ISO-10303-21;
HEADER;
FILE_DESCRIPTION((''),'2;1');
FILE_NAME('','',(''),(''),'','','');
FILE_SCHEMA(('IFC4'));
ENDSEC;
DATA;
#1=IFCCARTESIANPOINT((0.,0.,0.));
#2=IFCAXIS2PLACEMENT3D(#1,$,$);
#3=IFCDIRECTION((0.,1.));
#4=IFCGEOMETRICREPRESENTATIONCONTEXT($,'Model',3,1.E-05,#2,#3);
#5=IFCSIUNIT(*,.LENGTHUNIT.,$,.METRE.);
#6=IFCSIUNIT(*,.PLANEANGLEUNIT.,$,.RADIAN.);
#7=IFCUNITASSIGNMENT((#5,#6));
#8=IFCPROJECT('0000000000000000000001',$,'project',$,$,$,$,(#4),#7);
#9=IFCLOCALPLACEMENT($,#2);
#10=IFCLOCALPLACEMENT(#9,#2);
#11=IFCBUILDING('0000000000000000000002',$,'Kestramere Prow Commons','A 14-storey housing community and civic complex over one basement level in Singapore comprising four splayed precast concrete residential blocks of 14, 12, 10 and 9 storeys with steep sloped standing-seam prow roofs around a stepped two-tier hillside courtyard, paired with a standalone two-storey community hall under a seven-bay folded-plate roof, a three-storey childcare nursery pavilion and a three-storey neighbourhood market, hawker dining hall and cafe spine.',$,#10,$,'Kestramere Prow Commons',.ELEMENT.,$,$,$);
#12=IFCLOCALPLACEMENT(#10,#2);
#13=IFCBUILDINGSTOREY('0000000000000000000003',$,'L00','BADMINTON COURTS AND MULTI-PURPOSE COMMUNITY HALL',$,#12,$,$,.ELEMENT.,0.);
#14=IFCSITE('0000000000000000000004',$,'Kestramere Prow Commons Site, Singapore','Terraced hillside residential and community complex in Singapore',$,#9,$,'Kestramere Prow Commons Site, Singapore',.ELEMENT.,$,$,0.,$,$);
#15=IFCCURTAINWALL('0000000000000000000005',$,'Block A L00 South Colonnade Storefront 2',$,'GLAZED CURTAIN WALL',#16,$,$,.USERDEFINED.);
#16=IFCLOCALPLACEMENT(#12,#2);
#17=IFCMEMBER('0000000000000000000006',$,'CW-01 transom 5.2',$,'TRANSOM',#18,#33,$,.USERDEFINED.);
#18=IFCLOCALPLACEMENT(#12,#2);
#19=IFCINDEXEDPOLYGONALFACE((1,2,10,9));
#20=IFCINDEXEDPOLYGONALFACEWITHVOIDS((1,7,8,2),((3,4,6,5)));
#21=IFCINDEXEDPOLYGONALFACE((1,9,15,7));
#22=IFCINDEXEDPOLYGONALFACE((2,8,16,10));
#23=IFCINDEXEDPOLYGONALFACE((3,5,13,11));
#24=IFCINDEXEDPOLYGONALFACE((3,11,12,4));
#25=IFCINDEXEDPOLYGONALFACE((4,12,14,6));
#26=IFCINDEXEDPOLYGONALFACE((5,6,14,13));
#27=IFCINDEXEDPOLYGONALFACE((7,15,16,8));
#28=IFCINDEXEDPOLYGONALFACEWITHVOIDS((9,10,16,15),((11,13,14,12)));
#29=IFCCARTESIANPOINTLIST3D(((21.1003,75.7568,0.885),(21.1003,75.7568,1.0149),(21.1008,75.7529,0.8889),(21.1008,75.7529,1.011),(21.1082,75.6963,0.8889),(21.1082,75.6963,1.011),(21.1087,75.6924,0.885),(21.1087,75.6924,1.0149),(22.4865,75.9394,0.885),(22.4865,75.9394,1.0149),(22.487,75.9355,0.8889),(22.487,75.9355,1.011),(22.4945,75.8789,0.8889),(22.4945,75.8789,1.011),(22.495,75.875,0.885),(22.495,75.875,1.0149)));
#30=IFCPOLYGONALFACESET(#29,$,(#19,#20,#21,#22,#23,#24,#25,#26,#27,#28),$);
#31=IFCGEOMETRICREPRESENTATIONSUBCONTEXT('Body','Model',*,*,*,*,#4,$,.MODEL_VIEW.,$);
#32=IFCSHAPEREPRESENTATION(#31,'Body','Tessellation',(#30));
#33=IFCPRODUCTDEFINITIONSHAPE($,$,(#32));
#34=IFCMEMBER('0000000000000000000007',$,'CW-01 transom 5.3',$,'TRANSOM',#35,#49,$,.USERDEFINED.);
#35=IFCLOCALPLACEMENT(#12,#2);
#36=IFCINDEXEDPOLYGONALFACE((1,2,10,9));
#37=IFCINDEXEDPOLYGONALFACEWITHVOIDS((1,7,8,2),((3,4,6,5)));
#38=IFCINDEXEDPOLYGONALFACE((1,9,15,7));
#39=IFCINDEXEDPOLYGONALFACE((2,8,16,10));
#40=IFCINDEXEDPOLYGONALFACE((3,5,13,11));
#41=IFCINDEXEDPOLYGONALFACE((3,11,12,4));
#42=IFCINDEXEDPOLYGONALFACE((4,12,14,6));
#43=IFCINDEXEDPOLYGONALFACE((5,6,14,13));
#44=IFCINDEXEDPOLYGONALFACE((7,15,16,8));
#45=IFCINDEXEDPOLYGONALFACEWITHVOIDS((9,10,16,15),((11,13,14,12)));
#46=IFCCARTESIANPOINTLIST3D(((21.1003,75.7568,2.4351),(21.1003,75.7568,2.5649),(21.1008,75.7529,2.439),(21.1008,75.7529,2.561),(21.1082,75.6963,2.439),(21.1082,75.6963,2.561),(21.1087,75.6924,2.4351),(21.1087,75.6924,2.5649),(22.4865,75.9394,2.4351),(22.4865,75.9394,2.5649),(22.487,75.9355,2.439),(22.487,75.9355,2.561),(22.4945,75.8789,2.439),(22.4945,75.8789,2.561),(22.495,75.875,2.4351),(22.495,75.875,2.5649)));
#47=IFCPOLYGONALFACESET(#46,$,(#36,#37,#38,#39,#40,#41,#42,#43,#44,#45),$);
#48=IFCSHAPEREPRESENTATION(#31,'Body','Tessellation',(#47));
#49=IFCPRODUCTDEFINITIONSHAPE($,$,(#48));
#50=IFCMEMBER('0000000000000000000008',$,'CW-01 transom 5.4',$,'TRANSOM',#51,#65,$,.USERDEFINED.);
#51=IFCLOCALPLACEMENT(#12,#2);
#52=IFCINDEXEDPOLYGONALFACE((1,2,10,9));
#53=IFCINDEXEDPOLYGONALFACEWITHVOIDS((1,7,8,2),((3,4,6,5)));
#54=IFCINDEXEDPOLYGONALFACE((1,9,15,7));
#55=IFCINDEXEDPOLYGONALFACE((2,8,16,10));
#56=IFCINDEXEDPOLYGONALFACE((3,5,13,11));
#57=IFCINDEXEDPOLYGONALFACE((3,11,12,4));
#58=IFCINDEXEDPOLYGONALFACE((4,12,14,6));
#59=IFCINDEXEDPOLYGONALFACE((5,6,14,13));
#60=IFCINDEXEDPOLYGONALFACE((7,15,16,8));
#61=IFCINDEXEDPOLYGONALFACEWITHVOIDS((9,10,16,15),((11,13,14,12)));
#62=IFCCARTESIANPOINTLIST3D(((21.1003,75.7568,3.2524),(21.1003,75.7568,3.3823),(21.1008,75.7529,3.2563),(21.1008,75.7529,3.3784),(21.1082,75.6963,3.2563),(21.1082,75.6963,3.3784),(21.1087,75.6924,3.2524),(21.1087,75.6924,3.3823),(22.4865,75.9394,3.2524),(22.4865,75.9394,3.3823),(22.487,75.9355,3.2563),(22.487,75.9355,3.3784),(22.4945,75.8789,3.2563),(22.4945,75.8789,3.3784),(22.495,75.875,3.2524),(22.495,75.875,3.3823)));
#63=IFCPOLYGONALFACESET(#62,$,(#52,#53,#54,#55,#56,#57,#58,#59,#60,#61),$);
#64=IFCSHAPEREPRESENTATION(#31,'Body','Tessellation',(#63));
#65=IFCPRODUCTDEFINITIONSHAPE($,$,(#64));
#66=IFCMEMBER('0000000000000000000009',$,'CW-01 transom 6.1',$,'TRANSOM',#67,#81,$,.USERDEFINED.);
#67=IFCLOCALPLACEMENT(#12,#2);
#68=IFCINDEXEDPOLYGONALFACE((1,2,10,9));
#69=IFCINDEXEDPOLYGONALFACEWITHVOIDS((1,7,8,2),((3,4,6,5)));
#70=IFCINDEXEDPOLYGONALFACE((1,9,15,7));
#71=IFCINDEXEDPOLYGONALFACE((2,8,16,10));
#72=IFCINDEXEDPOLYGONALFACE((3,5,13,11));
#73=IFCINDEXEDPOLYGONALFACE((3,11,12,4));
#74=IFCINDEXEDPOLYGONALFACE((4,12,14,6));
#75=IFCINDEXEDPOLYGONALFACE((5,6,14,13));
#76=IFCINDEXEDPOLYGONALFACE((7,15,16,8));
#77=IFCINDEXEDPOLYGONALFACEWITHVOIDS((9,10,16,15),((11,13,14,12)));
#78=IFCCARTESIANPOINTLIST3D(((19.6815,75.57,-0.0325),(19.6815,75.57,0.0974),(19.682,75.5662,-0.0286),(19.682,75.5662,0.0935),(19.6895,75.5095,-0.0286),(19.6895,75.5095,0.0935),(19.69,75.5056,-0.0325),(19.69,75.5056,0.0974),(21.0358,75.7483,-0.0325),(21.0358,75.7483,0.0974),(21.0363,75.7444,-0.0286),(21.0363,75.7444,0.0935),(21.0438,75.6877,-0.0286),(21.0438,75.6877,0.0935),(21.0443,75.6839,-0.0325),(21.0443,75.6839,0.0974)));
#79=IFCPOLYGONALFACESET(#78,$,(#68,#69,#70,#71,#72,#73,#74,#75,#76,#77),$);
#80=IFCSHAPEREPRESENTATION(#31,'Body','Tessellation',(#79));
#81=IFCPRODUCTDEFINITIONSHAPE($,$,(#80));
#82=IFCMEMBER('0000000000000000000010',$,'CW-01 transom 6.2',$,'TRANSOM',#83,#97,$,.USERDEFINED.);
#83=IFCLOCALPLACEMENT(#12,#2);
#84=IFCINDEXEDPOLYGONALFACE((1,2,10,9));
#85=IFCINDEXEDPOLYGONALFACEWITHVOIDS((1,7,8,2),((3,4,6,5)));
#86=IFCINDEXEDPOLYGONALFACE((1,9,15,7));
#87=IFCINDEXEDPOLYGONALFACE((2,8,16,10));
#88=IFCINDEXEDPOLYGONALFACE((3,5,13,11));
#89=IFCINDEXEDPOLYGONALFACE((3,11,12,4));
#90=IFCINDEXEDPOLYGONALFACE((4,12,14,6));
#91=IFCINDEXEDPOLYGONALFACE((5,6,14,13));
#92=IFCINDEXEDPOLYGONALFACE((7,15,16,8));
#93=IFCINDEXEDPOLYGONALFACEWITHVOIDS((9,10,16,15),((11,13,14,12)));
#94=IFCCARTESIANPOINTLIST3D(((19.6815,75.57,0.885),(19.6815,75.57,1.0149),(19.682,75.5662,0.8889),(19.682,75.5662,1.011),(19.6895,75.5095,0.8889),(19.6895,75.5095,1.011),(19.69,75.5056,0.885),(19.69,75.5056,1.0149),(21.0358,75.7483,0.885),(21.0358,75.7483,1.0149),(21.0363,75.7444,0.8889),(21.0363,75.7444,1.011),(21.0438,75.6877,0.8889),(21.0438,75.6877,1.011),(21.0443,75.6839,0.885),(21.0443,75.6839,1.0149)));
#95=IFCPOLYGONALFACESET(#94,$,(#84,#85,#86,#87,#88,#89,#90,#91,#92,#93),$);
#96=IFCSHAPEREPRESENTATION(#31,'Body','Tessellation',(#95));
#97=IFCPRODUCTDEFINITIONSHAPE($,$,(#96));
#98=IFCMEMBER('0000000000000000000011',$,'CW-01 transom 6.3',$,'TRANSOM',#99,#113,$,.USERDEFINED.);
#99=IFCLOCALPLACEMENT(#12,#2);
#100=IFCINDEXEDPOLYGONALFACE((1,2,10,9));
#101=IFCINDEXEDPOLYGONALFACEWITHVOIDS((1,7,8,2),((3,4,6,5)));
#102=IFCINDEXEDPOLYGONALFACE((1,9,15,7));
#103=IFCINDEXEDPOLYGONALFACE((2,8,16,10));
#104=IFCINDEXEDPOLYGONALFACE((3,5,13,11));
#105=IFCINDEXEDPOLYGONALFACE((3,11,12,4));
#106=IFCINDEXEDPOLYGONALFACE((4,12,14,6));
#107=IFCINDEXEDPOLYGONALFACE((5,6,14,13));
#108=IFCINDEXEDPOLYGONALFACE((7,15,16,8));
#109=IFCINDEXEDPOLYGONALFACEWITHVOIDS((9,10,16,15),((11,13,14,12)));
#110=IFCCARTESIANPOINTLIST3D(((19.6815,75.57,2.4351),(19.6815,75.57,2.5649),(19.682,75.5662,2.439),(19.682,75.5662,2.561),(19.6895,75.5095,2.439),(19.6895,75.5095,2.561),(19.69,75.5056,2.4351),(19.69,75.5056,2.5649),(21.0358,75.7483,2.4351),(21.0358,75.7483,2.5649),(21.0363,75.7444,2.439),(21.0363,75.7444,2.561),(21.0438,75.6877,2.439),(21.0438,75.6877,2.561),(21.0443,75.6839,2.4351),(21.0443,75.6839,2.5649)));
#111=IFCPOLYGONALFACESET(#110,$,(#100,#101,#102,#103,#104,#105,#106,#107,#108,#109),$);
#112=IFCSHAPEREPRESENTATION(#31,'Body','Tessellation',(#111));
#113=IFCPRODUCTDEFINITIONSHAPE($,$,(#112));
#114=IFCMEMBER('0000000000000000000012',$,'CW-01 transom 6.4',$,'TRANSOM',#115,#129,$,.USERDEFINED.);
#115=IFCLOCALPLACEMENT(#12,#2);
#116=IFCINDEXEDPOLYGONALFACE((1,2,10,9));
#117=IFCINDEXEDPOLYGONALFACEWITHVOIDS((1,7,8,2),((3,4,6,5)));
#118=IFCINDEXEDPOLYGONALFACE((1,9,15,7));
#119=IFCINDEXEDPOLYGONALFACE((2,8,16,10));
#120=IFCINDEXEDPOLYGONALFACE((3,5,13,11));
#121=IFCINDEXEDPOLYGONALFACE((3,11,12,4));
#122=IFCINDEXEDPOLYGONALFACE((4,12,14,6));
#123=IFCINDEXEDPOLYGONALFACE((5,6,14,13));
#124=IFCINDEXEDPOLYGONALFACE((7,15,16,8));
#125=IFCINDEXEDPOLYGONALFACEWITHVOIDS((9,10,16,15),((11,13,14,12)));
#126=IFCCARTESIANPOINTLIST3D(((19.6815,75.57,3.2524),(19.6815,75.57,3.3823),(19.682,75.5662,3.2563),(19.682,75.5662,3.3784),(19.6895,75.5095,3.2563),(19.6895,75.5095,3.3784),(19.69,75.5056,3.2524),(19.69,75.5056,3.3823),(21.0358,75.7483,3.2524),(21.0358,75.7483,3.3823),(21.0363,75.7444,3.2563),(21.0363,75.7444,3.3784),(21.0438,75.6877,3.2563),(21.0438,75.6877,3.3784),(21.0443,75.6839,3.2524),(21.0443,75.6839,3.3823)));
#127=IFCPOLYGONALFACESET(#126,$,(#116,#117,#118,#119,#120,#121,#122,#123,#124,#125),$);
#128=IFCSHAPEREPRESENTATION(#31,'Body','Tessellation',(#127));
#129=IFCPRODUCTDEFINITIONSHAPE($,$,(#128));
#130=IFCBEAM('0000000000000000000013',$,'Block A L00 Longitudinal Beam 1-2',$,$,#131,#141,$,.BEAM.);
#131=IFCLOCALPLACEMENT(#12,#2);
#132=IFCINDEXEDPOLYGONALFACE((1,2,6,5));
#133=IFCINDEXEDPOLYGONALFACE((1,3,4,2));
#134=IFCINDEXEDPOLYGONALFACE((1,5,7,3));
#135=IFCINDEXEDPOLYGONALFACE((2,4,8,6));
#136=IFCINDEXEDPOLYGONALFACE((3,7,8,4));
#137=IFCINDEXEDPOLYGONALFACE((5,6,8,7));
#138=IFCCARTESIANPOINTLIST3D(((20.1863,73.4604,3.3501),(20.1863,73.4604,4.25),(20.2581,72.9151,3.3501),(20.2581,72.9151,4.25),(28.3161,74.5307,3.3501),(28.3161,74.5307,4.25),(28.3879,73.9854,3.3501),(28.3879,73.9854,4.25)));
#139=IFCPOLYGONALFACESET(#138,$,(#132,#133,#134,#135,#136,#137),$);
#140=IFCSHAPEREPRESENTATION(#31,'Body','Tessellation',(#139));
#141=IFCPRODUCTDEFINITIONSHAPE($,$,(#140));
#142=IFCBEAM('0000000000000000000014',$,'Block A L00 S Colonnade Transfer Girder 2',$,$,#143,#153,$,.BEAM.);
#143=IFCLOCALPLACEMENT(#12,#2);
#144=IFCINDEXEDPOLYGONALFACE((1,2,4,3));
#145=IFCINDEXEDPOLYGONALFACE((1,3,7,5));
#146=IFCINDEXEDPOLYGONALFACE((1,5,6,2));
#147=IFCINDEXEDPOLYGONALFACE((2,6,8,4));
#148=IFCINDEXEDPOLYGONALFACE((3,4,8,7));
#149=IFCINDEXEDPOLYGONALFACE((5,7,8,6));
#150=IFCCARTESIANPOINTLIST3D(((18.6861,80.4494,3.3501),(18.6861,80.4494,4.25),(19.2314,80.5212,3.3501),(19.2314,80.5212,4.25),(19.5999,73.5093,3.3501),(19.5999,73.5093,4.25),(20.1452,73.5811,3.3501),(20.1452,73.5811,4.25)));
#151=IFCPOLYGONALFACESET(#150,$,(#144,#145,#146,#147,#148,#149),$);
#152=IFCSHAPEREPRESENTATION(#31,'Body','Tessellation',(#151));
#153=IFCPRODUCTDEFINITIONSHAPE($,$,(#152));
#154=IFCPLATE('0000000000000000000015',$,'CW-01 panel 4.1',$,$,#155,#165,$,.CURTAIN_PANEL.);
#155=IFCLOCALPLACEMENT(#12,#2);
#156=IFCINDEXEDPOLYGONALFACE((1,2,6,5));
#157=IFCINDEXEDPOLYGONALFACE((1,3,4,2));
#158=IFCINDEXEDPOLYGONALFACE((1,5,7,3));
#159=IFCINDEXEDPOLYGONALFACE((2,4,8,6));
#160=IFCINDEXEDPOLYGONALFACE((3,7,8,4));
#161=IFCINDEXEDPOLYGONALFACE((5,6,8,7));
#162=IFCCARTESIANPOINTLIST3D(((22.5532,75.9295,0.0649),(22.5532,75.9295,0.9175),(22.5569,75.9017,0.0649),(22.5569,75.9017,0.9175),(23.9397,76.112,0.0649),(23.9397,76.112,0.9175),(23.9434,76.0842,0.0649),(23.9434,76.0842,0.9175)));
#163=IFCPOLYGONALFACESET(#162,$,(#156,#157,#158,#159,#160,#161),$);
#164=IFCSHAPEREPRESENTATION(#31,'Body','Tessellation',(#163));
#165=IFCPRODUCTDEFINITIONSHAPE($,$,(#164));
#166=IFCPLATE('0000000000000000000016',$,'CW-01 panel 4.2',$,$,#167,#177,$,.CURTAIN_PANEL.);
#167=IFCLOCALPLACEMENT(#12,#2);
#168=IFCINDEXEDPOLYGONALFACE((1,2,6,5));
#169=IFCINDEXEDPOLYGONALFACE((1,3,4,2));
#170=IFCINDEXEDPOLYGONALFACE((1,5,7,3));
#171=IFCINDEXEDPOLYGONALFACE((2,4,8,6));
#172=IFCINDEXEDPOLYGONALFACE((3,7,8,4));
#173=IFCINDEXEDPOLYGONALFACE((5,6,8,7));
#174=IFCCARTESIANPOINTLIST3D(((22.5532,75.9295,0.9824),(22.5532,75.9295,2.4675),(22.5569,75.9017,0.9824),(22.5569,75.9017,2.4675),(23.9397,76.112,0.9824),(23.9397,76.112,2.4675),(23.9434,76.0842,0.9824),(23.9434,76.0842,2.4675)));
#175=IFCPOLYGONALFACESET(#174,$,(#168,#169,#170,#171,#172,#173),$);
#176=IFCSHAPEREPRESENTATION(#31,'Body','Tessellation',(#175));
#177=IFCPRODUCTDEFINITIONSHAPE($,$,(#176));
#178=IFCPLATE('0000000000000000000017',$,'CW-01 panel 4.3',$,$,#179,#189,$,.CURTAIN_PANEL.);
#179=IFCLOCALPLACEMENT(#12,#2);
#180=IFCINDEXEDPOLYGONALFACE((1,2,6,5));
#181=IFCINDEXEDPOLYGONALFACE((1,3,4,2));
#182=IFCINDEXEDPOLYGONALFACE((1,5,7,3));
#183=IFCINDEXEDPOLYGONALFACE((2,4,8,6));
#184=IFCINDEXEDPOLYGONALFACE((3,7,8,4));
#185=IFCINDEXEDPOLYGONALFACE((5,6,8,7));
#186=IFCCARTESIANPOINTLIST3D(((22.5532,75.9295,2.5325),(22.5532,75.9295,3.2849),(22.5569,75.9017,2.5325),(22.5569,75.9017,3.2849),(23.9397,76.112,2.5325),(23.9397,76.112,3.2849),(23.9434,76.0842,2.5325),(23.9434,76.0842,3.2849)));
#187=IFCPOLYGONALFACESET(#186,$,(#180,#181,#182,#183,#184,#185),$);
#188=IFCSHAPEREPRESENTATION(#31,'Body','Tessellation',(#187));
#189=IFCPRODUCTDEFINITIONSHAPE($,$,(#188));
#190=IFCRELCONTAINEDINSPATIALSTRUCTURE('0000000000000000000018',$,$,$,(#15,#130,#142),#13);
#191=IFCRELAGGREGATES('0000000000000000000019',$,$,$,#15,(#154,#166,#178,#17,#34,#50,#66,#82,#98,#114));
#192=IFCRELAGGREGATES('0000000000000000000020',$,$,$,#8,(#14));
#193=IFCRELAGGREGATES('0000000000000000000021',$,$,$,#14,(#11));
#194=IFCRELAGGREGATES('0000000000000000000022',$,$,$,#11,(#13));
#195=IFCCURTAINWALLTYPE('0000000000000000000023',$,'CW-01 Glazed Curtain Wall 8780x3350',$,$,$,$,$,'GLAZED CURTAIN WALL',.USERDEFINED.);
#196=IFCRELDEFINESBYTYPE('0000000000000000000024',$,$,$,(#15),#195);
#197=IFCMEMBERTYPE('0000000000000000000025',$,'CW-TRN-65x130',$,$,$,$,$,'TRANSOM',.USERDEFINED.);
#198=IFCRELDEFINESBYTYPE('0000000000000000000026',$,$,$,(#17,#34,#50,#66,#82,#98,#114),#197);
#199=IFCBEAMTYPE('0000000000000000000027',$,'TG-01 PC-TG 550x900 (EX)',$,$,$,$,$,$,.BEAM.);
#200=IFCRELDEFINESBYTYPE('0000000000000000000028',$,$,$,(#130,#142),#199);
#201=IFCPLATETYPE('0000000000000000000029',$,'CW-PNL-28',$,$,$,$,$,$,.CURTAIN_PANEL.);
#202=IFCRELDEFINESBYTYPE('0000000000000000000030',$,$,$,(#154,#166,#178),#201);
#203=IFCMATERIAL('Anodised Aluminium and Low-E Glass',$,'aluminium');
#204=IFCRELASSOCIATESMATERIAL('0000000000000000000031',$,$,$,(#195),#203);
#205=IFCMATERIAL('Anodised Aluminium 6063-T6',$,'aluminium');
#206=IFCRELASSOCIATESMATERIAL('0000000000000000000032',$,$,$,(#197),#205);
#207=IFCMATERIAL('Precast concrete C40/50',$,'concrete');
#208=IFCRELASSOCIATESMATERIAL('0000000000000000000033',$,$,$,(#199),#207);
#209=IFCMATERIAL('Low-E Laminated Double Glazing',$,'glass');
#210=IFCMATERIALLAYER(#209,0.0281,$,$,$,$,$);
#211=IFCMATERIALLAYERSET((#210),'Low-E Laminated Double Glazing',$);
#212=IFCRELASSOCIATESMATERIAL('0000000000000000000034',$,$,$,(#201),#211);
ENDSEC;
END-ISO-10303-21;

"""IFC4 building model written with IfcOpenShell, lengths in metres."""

from ifc_helpers import new_model, si_unit, direction, frame, origin, origin_2d, place, context, subcontext, project, spatial, rectangle, hollow_rectangle, extrude, material, layer, layer_set, material_profile, profile_set, type_object, element, aggregate, save


model = new_model("IFC4")

# Units and contexts
model_context = context("Model", 3, precision=1e-05, world=origin(), true_north=direction((0.0, 1.0)))
body_context = subcontext(model_context, "Body", "Model", "MODEL_VIEW")
ifc_project = project(units=[si_unit("LENGTHUNIT", "METRE"), si_unit("PLANEANGLEUNIT", "RADIAN")], contexts=[model_context])

# Site, building, storey
site_placement = place(None, origin())
site = spatial("IfcSite", under=ifc_project, at=site_placement, Name="Kestramere Prow Commons Site, Singapore", Description="Terraced hillside residential and community complex in Singapore", LongName="Kestramere Prow Commons Site, Singapore", CompositionType="ELEMENT", RefElevation=0.0)
building_placement = place(site_placement, origin())
building = spatial("IfcBuilding", under=site, at=building_placement, Name="Kestramere Prow Commons", Description="A 14-storey housing community and civic complex over one basement level in Singapore comprising four splayed precast concrete residential blocks of 14, 12, 10 and 9 storeys with steep sloped standing-seam prow roofs around a stepped two-tier hillside courtyard, paired with a standalone two-storey community hall under a seven-bay folded-plate roof, a three-storey childcare nursery pavilion and a three-storey neighbourhood market, hawker dining hall and cafe spine.", LongName="Kestramere Prow Commons", CompositionType="ELEMENT")
storey_placement = place(building_placement, origin())
storey = spatial("IfcBuildingStorey", under=building, at=storey_placement, Name="L00", Description="BADMINTON COURTS AND MULTI-PURPOSE COMMUNITY HALL", CompositionType="ELEMENT", Elevation=0.0)

# Shared definitions
ifc_material_1 = material(Name="Precast concrete C40/50", Category="concrete")

# Curtain wall, members
ifc_material_2 = material(Name="Anodised Aluminium and Low-E Glass", Category="aluminium")
curtain_wall_type = type_object("IfcCurtainWallType", Name="CW-01 Glazed Curtain Wall 8780x3350", ElementType="GLAZED CURTAIN WALL", PredefinedType="USERDEFINED", material=ifc_material_2)
curtain_wall_placement = place(storey_placement, origin())
curtain_wall = element("IfcCurtainWall", 1, at=curtain_wall_placement, inside=storey, type_object=curtain_wall_type, Name="Block A L00 South Colonnade Storefront 2", ObjectType="GLAZED CURTAIN WALL", PredefinedType="USERDEFINED")
ifc_material_3 = material(Name="Anodised Aluminium 6063-T6", Category="aluminium")
ifc_material_profile_1 = material_profile(ifc_material_3, hollow_rectangle(XDim=0.0649, YDim=0.1299, WallThickness=0.0039, at=origin_2d()), Name="ALU-TRN 65x130")
ifc_profile_set_1 = profile_set([ifc_material_profile_1], Name="Anodised Aluminium 6063-T6")
member_type_1 = type_object("IfcMemberType", Name="CW-TRN-65x130", ElementType="TRANSOM", PredefinedType="USERDEFINED", material=ifc_profile_set_1)
member_1_placement = place(storey_placement, frame((22.4907, 75.9072, 0.95), z_axis=(-0.991434, -0.130608, 0.0), x_axis=(0.130608, -0.991434, 0.0)))
member_1 = element("IfcMember", 2, at=member_1_placement, type_object=member_type_1, Name="CW-01 transom 5.2", ObjectType="TRANSOM", PredefinedType="USERDEFINED", context=body_context, shape_type="SweptSolid", body=[
    extrude(hollow_rectangle(XDim=0.0649, YDim=0.1299, WallThickness=0.0039, at=origin_2d()), origin(), (0.0, 0.0, 1.0), 1.3982),
])
member_2_placement = place(storey_placement, frame((22.4907, 75.9072, 2.5), z_axis=(-0.991434, -0.130608, 0.0), x_axis=(0.130608, -0.991434, 0.0)))
member_2 = element("IfcMember", 3, at=member_2_placement, type_object=member_type_1, Name="CW-01 transom 5.3", ObjectType="TRANSOM", PredefinedType="USERDEFINED", context=body_context, shape_type="SweptSolid", body=[
    extrude(hollow_rectangle(XDim=0.0649, YDim=0.1299, WallThickness=0.0039, at=origin_2d()), origin(), (0.0, 0.0, 1.0), 1.3982),
])
member_3_placement = place(storey_placement, frame((22.4907, 75.9072, 3.3174), z_axis=(-0.991434, -0.130608, 0.0), x_axis=(0.130608, -0.991434, 0.0)))
member_3 = element("IfcMember", 4, at=member_3_placement, type_object=member_type_1, Name="CW-01 transom 5.4", ObjectType="TRANSOM", PredefinedType="USERDEFINED", context=body_context, shape_type="SweptSolid", body=[
    extrude(hollow_rectangle(XDim=0.0649, YDim=0.1299, WallThickness=0.0039, at=origin_2d()), origin(), (0.0, 0.0, 1.0), 1.3982),
])
member_4_placement = place(storey_placement, frame((21.04, 75.7161, 0.0325), z_axis=(-0.991451, -0.130478, 0.0), x_axis=(0.130478, -0.991451, 0.0)))
member_4 = element("IfcMember", 5, at=member_4_placement, type_object=member_type_1, Name="CW-01 transom 6.1", ObjectType="TRANSOM", PredefinedType="USERDEFINED", context=body_context, shape_type="SweptSolid", body=[
    extrude(hollow_rectangle(XDim=0.0649, YDim=0.1299, WallThickness=0.0039, at=origin_2d()), origin(), (0.0, 0.0, 1.0), 1.366),
])
member_5_placement = place(storey_placement, frame((21.04, 75.7161, 0.95), z_axis=(-0.991451, -0.130478, 0.0), x_axis=(0.130478, -0.991451, 0.0)))
member_5 = element("IfcMember", 6, at=member_5_placement, type_object=member_type_1, Name="CW-01 transom 6.2", ObjectType="TRANSOM", PredefinedType="USERDEFINED", context=body_context, shape_type="SweptSolid", body=[
    extrude(hollow_rectangle(XDim=0.0649, YDim=0.1299, WallThickness=0.0039, at=origin_2d()), origin(), (0.0, 0.0, 1.0), 1.366),
])
member_6_placement = place(storey_placement, frame((21.04, 75.7161, 2.5), z_axis=(-0.991451, -0.130478, 0.0), x_axis=(0.130478, -0.991451, 0.0)))
member_6 = element("IfcMember", 7, at=member_6_placement, type_object=member_type_1, Name="CW-01 transom 6.3", ObjectType="TRANSOM", PredefinedType="USERDEFINED", context=body_context, shape_type="SweptSolid", body=[
    extrude(hollow_rectangle(XDim=0.0649, YDim=0.1299, WallThickness=0.0039, at=origin_2d()), origin(), (0.0, 0.0, 1.0), 1.366),
])
member_7_placement = place(storey_placement, frame((21.04, 75.7161, 3.3174), z_axis=(-0.991451, -0.130478, 0.0), x_axis=(0.130478, -0.991451, 0.0)))
member_7 = element("IfcMember", 8, at=member_7_placement, type_object=member_type_1, Name="CW-01 transom 6.4", ObjectType="TRANSOM", PredefinedType="USERDEFINED", context=body_context, shape_type="SweptSolid", body=[
    extrude(hollow_rectangle(XDim=0.0649, YDim=0.1299, WallThickness=0.0039, at=origin_2d()), origin(), (0.0, 0.0, 1.0), 1.366),
])

# Beams
ifc_material_profile_2 = material_profile(ifc_material_1, rectangle(XDim=0.55, YDim=0.8999, at=origin_2d()), Name="PC-TG 550x900")
ifc_profile_set_2 = profile_set([ifc_material_profile_2], Name="Precast concrete C40/50")
beam_type = type_object("IfcBeamType", Name="TG-01 PC-TG 550x900 (EX)", PredefinedType="BEAM", material=ifc_profile_set_2)
beam_1_placement = place(storey_placement, frame((20.2222, 73.1877, 3.8), z_axis=(0.991445, 0.130525, 0.0), x_axis=(-0.130525, 0.991445, 0.0)))
element("IfcBeam", 9, at=beam_1_placement, inside=storey, type_object=beam_type, Name="Block A L00 Longitudinal Beam 1-2", PredefinedType="BEAM", context=body_context, shape_type="SweptSolid", body=[
    extrude(rectangle(XDim=0.55, YDim=0.8999, at=origin_2d()), origin(), (0.0, 0.0, 1.0), 8.2),
])
beam_2_placement = place(storey_placement, frame((19.8726, 73.5452, 3.8), z_axis=(-0.130544, 0.991443, 0.0), x_axis=(-0.991443, -0.130544, 0.0)))
element("IfcBeam", 10, at=beam_2_placement, inside=storey, type_object=beam_type, Name="Block A L00 S Colonnade Transfer Girder 2", PredefinedType="BEAM", context=body_context, shape_type="SweptSolid", body=[
    extrude(rectangle(XDim=0.55, YDim=0.8999, at=origin_2d()), origin(), (0.0, 0.0, 1.0), 7.0),
])

# Plates
ifc_material_4 = material(Name="Low-E Laminated Double Glazing", Category="glass")
ifc_layer_1 = layer(ifc_material_4, 0.0281)
ifc_layer_set_1 = layer_set([ifc_layer_1], Name="Low-E Laminated Double Glazing")
plate_type = type_object("IfcPlateType", Name="CW-PNL-28", PredefinedType="CURTAIN_PANEL", material=ifc_layer_set_1)
plate_1_placement = place(storey_placement, frame((23.2483, 76.0068, 0.0649), z_axis=(0.0, 0.0, 1.0), x_axis=(-0.991445, -0.130526, 0.0)))
plate_1 = element("IfcPlate", 11, at=plate_1_placement, type_object=plate_type, Name="CW-01 panel 4.1", PredefinedType="CURTAIN_PANEL", context=body_context, shape_type="SweptSolid", body=[
    extrude(rectangle(XDim=1.3984, YDim=0.0281, at=origin_2d()), origin(), (0.0, 0.0, 1.0), 0.8525),
])
plate_2_placement = place(storey_placement, frame((23.2483, 76.0068, 0.9824), z_axis=(0.0, 0.0, 1.0), x_axis=(-0.991445, -0.130526, 0.0)))
plate_2 = element("IfcPlate", 12, at=plate_2_placement, type_object=plate_type, Name="CW-01 panel 4.2", PredefinedType="CURTAIN_PANEL", context=body_context, shape_type="SweptSolid", body=[
    extrude(rectangle(XDim=1.3984, YDim=0.0281, at=origin_2d()), origin(), (0.0, 0.0, 1.0), 1.4851),
])
plate_3_placement = place(storey_placement, frame((23.2483, 76.0068, 2.5325), z_axis=(0.0, 0.0, 1.0), x_axis=(-0.991445, -0.130526, 0.0)))
plate_3 = element("IfcPlate", 13, at=plate_3_placement, type_object=plate_type, Name="CW-01 panel 4.3", PredefinedType="CURTAIN_PANEL", context=body_context, shape_type="SweptSolid", body=[
    extrude(rectangle(XDim=1.3984, YDim=0.0281, at=origin_2d()), origin(), (0.0, 0.0, 1.0), 0.7524),
])
aggregate(curtain_wall, [plate_1, plate_2, plate_3, member_1, member_2, member_3, member_4, member_5, member_6, member_7])

save(model, "model.ifc")
